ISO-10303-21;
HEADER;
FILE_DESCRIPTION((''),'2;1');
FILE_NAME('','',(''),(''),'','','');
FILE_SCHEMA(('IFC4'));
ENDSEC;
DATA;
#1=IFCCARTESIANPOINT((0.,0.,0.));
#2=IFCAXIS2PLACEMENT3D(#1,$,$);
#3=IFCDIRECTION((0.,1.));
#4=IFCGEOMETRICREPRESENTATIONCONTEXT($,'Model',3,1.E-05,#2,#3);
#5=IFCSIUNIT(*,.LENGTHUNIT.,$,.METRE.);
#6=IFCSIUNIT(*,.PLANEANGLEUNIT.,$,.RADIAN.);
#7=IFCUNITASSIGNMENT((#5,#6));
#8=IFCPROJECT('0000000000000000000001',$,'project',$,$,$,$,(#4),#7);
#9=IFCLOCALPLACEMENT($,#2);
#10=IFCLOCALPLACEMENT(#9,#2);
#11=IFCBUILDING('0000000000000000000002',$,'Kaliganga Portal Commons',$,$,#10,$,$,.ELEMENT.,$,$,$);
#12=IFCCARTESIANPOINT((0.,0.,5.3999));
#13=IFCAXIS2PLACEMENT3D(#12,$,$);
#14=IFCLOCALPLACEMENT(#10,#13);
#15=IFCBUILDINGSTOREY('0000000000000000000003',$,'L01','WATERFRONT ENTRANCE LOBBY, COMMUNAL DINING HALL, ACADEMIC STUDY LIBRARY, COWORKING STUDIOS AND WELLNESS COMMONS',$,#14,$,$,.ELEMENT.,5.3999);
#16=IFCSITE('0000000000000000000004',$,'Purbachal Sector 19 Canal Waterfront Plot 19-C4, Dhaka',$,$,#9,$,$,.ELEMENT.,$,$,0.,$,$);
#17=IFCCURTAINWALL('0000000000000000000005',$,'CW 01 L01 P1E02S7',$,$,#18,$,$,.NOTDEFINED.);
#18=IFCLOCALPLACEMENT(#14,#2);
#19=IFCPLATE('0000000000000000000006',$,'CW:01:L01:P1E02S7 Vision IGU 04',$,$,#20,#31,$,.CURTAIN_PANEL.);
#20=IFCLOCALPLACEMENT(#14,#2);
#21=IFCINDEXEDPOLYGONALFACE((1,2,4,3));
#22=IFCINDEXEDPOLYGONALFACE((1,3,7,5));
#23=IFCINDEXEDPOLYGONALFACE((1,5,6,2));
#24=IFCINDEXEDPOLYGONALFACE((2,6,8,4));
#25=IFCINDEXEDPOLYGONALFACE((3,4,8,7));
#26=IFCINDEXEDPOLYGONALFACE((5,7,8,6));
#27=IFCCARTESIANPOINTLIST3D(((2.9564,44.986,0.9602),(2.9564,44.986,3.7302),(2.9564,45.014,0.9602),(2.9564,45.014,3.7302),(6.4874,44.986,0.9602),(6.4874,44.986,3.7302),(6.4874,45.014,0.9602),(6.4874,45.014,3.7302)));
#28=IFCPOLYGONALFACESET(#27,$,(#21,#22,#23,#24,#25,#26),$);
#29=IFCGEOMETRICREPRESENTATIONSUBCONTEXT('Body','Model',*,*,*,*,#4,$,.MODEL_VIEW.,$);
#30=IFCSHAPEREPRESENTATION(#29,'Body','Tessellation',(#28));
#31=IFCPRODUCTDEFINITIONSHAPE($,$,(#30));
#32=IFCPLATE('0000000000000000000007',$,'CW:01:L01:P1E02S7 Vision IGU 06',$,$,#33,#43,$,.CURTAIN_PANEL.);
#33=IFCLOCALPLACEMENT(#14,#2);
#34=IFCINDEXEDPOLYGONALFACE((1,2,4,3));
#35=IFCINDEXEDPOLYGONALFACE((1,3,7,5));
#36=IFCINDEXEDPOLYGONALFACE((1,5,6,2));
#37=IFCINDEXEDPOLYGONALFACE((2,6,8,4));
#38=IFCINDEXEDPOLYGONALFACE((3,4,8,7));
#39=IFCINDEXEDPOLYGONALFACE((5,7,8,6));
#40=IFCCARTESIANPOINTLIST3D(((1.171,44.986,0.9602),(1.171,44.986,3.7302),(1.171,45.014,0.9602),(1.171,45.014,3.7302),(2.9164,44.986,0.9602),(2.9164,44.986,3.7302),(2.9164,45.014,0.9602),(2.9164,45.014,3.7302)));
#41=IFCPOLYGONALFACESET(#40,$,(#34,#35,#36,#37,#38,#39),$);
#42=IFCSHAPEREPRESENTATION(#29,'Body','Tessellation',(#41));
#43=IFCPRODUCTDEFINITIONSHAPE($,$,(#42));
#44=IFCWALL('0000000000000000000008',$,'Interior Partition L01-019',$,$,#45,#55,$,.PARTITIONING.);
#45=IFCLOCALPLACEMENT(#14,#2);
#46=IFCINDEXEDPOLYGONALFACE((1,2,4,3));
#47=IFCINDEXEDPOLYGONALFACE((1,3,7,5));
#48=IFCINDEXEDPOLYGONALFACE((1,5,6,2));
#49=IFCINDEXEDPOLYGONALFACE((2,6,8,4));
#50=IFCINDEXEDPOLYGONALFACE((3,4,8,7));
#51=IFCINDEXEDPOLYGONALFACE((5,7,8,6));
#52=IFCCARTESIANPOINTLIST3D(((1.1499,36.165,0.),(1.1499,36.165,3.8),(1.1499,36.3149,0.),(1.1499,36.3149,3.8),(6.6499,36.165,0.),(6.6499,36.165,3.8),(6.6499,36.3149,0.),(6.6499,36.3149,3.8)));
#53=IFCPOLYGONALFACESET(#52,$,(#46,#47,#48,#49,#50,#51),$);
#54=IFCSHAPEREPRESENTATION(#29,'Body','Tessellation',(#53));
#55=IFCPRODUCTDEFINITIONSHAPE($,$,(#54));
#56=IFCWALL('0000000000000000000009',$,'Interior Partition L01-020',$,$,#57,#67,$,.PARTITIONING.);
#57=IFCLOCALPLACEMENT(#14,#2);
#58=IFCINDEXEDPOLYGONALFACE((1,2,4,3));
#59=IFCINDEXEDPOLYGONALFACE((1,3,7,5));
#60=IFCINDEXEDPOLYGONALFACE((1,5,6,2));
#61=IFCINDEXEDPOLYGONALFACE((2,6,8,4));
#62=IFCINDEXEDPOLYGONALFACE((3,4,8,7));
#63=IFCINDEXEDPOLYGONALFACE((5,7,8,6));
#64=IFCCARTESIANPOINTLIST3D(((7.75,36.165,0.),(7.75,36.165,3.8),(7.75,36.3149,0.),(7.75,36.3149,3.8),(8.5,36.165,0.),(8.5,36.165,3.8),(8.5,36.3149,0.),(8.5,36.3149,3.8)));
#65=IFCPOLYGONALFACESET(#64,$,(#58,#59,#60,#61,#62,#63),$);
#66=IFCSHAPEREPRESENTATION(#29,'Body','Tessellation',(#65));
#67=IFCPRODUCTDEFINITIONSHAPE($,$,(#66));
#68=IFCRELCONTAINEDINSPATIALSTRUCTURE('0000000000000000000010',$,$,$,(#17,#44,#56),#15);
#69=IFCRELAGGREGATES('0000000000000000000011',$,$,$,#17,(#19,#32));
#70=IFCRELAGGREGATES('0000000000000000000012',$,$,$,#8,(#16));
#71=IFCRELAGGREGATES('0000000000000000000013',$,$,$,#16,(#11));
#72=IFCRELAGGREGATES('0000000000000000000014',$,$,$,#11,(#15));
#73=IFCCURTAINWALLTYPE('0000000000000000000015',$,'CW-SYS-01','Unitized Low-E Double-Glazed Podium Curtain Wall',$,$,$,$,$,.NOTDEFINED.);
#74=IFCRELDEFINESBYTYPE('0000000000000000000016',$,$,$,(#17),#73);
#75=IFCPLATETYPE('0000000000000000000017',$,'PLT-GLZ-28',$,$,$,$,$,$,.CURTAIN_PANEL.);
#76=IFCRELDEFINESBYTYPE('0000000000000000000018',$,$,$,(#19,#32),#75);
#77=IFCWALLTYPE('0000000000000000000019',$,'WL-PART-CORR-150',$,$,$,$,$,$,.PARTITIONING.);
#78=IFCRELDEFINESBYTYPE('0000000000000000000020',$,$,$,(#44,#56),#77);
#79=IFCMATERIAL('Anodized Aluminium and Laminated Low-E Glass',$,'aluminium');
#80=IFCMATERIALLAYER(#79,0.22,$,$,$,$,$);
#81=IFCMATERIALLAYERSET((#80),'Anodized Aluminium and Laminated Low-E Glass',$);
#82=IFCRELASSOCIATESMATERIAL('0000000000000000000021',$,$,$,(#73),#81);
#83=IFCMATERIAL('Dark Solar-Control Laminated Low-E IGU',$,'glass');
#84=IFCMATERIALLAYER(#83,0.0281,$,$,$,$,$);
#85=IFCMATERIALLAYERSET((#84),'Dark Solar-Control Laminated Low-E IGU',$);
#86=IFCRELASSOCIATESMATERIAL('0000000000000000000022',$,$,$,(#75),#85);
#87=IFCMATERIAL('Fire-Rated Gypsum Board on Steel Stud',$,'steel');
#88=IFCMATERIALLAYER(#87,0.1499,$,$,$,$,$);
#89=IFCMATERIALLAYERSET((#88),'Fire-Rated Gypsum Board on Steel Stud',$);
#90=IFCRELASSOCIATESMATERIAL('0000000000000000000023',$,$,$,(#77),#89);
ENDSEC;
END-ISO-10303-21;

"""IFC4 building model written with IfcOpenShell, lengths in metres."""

from ifc_helpers import new_model, si_unit, direction, frame, frame_2d, origin, origin_2d, place, context, subcontext, project, spatial, rectangle, extrude, source, transform, mapped, material, layer, layer_set, type_object, element, aggregate, save


model = new_model("IFC4")

# Units and contexts
model_context = context("Model", 3, precision=1e-05, world=origin(), true_north=direction((0.0, 1.0)))
body_context = subcontext(model_context, "Body", "Model", "MODEL_VIEW")
ifc_project = project(units=[si_unit("LENGTHUNIT", "METRE"), si_unit("PLANEANGLEUNIT", "RADIAN")], contexts=[model_context])

# Site, building, storey
site_placement = place(None, origin())
site = spatial("IfcSite", under=ifc_project, at=site_placement, Name="Purbachal Sector 19 Canal Waterfront Plot 19-C4, Dhaka", CompositionType="ELEMENT", RefElevation=0.0)
building_placement = place(site_placement, origin())
building = spatial("IfcBuilding", under=site, at=building_placement, Name="Kaliganga Portal Commons", CompositionType="ELEMENT")
storey_placement = place(building_placement, frame((0.0, 0.0, 5.3999)))
storey = spatial("IfcBuildingStorey", under=building, at=storey_placement, Name="L01", Description="WATERFRONT ENTRANCE LOBBY, COMMUNAL DINING HALL, ACADEMIC STUDY LIBRARY, COWORKING STUDIOS AND WELLNESS COMMONS", CompositionType="ELEMENT", Elevation=5.3999)

# Shared definitions
ifc_material_1 = material(Name="Anodized Aluminium and Laminated Low-E Glass", Category="aluminium")
ifc_layer_1 = layer(ifc_material_1, 0.22)
ifc_layer_set_1 = layer_set([ifc_layer_1], Name="Anodized Aluminium and Laminated Low-E Glass")
curtain_wall_type = type_object("IfcCurtainWallType", Name="CW-SYS-01", Description="Unitized Low-E Double-Glazed Podium Curtain Wall", PredefinedType="NOTDEFINED", material=ifc_layer_set_1)

# Curtain wall, plates
curtain_wall_1_placement = place(storey_placement, origin())
curtain_wall_1 = element("IfcCurtainWall", 1, at=curtain_wall_1_placement, inside=storey, type_object=curtain_wall_type, Name="CW 01 L01 P1E02S7", PredefinedType="NOTDEFINED")
ifc_material_2 = material(Name="Dark Solar-Control Laminated Low-E IGU", Category="glass")
ifc_layer_2 = layer(ifc_material_2, 0.0281)
ifc_layer_set_2 = layer_set([ifc_layer_2], Name="Dark Solar-Control Laminated Low-E IGU")
plate_type_1 = type_object("IfcPlateType", Name="PLT-GLZ-28", PredefinedType="CURTAIN_PANEL", material=ifc_layer_set_2)
shared_shape_1 = source(origin(), body_context, "Body", "SweptSolid", [
    extrude(rectangle(XDim=3.531, YDim=0.0281, at=origin_2d()), origin(), (0.0, 0.0, 1.0), 2.77),
])
plate_1_placement = place(storey_placement, frame((4.7219, 45.0, 0.9602), z_axis=(0.0, 0.0, 1.0), x_axis=(-1.0, 0.0, 0.0)))
plate_1 = element("IfcPlate", 2, at=plate_1_placement, type_object=plate_type_1, Name="CW:01:L01:P1E02S7 Vision IGU 04", PredefinedType="CURTAIN_PANEL", context=body_context, shape_type="MappedRepresentation", body=[
    mapped(shared_shape_1, transform((0.0, 0.0, 0.0), x_axis=(1.0, 0.0, 0.0), y_axis=(0.0, 1.0, 0.0), z_axis=(0.0, 0.0, 1.0), scale=1.0)),
])
shared_shape_2 = source(origin(), body_context, "Body", "SweptSolid", [
    extrude(rectangle(XDim=1.7454, YDim=0.0281, at=origin_2d()), origin(), (0.0, 0.0, 1.0), 2.77),
])
plate_2_placement = place(storey_placement, frame((2.0437, 45.0, 0.9602), z_axis=(0.0, 0.0, 1.0), x_axis=(-1.0, 0.0, 0.0)))
plate_2 = element("IfcPlate", 3, at=plate_2_placement, type_object=plate_type_1, Name="CW:01:L01:P1E02S7 Vision IGU 06", PredefinedType="CURTAIN_PANEL", context=body_context, shape_type="MappedRepresentation", body=[
    mapped(shared_shape_2, transform((0.0, 0.0, 0.0), x_axis=(1.0, 0.0, 0.0), y_axis=(0.0, 1.0, 0.0), z_axis=(0.0, 0.0, 1.0), scale=1.0)),
])
aggregate(curtain_wall_1, [plate_1, plate_2])

# Walls
ifc_material_3 = material(Name="Fire-Rated Gypsum Board on Steel Stud", Category="steel")
ifc_layer_3 = layer(ifc_material_3, 0.1499)
ifc_layer_set_3 = layer_set([ifc_layer_3], Name="Fire-Rated Gypsum Board on Steel Stud")
wall_type = type_object("IfcWallType", Name="WL-PART-CORR-150", PredefinedType="PARTITIONING", material=ifc_layer_set_3)
wall_1_placement = place(storey_placement, frame((1.1499, 36.24, 0.0), z_axis=(0.0, 0.0, 1.0), x_axis=(1.0, 0.0, 0.0)))
element("IfcWall", 4, at=wall_1_placement, inside=storey, type_object=wall_type, Name="Interior Partition L01-019", PredefinedType="PARTITIONING", context=body_context, shape_type="SweptSolid", body=[
    extrude(rectangle(XDim=5.5, YDim=0.1499, at=frame_2d((2.75, 0.0))), origin(), (0.0, 0.0, 1.0), 3.8),
])
wall_2_placement = place(storey_placement, frame((7.75, 36.24, 0.0), z_axis=(0.0, 0.0, 1.0), x_axis=(1.0, 0.0, 0.0)))
element("IfcWall", 5, at=wall_2_placement, inside=storey, type_object=wall_type, Name="Interior Partition L01-020", PredefinedType="PARTITIONING", context=body_context, shape_type="SweptSolid", body=[
    extrude(rectangle(XDim=0.75, YDim=0.1499, at=frame_2d((0.375, 0.0))), origin(), (0.0, 0.0, 1.0), 3.8),
])

save(model, "model.ifc")
